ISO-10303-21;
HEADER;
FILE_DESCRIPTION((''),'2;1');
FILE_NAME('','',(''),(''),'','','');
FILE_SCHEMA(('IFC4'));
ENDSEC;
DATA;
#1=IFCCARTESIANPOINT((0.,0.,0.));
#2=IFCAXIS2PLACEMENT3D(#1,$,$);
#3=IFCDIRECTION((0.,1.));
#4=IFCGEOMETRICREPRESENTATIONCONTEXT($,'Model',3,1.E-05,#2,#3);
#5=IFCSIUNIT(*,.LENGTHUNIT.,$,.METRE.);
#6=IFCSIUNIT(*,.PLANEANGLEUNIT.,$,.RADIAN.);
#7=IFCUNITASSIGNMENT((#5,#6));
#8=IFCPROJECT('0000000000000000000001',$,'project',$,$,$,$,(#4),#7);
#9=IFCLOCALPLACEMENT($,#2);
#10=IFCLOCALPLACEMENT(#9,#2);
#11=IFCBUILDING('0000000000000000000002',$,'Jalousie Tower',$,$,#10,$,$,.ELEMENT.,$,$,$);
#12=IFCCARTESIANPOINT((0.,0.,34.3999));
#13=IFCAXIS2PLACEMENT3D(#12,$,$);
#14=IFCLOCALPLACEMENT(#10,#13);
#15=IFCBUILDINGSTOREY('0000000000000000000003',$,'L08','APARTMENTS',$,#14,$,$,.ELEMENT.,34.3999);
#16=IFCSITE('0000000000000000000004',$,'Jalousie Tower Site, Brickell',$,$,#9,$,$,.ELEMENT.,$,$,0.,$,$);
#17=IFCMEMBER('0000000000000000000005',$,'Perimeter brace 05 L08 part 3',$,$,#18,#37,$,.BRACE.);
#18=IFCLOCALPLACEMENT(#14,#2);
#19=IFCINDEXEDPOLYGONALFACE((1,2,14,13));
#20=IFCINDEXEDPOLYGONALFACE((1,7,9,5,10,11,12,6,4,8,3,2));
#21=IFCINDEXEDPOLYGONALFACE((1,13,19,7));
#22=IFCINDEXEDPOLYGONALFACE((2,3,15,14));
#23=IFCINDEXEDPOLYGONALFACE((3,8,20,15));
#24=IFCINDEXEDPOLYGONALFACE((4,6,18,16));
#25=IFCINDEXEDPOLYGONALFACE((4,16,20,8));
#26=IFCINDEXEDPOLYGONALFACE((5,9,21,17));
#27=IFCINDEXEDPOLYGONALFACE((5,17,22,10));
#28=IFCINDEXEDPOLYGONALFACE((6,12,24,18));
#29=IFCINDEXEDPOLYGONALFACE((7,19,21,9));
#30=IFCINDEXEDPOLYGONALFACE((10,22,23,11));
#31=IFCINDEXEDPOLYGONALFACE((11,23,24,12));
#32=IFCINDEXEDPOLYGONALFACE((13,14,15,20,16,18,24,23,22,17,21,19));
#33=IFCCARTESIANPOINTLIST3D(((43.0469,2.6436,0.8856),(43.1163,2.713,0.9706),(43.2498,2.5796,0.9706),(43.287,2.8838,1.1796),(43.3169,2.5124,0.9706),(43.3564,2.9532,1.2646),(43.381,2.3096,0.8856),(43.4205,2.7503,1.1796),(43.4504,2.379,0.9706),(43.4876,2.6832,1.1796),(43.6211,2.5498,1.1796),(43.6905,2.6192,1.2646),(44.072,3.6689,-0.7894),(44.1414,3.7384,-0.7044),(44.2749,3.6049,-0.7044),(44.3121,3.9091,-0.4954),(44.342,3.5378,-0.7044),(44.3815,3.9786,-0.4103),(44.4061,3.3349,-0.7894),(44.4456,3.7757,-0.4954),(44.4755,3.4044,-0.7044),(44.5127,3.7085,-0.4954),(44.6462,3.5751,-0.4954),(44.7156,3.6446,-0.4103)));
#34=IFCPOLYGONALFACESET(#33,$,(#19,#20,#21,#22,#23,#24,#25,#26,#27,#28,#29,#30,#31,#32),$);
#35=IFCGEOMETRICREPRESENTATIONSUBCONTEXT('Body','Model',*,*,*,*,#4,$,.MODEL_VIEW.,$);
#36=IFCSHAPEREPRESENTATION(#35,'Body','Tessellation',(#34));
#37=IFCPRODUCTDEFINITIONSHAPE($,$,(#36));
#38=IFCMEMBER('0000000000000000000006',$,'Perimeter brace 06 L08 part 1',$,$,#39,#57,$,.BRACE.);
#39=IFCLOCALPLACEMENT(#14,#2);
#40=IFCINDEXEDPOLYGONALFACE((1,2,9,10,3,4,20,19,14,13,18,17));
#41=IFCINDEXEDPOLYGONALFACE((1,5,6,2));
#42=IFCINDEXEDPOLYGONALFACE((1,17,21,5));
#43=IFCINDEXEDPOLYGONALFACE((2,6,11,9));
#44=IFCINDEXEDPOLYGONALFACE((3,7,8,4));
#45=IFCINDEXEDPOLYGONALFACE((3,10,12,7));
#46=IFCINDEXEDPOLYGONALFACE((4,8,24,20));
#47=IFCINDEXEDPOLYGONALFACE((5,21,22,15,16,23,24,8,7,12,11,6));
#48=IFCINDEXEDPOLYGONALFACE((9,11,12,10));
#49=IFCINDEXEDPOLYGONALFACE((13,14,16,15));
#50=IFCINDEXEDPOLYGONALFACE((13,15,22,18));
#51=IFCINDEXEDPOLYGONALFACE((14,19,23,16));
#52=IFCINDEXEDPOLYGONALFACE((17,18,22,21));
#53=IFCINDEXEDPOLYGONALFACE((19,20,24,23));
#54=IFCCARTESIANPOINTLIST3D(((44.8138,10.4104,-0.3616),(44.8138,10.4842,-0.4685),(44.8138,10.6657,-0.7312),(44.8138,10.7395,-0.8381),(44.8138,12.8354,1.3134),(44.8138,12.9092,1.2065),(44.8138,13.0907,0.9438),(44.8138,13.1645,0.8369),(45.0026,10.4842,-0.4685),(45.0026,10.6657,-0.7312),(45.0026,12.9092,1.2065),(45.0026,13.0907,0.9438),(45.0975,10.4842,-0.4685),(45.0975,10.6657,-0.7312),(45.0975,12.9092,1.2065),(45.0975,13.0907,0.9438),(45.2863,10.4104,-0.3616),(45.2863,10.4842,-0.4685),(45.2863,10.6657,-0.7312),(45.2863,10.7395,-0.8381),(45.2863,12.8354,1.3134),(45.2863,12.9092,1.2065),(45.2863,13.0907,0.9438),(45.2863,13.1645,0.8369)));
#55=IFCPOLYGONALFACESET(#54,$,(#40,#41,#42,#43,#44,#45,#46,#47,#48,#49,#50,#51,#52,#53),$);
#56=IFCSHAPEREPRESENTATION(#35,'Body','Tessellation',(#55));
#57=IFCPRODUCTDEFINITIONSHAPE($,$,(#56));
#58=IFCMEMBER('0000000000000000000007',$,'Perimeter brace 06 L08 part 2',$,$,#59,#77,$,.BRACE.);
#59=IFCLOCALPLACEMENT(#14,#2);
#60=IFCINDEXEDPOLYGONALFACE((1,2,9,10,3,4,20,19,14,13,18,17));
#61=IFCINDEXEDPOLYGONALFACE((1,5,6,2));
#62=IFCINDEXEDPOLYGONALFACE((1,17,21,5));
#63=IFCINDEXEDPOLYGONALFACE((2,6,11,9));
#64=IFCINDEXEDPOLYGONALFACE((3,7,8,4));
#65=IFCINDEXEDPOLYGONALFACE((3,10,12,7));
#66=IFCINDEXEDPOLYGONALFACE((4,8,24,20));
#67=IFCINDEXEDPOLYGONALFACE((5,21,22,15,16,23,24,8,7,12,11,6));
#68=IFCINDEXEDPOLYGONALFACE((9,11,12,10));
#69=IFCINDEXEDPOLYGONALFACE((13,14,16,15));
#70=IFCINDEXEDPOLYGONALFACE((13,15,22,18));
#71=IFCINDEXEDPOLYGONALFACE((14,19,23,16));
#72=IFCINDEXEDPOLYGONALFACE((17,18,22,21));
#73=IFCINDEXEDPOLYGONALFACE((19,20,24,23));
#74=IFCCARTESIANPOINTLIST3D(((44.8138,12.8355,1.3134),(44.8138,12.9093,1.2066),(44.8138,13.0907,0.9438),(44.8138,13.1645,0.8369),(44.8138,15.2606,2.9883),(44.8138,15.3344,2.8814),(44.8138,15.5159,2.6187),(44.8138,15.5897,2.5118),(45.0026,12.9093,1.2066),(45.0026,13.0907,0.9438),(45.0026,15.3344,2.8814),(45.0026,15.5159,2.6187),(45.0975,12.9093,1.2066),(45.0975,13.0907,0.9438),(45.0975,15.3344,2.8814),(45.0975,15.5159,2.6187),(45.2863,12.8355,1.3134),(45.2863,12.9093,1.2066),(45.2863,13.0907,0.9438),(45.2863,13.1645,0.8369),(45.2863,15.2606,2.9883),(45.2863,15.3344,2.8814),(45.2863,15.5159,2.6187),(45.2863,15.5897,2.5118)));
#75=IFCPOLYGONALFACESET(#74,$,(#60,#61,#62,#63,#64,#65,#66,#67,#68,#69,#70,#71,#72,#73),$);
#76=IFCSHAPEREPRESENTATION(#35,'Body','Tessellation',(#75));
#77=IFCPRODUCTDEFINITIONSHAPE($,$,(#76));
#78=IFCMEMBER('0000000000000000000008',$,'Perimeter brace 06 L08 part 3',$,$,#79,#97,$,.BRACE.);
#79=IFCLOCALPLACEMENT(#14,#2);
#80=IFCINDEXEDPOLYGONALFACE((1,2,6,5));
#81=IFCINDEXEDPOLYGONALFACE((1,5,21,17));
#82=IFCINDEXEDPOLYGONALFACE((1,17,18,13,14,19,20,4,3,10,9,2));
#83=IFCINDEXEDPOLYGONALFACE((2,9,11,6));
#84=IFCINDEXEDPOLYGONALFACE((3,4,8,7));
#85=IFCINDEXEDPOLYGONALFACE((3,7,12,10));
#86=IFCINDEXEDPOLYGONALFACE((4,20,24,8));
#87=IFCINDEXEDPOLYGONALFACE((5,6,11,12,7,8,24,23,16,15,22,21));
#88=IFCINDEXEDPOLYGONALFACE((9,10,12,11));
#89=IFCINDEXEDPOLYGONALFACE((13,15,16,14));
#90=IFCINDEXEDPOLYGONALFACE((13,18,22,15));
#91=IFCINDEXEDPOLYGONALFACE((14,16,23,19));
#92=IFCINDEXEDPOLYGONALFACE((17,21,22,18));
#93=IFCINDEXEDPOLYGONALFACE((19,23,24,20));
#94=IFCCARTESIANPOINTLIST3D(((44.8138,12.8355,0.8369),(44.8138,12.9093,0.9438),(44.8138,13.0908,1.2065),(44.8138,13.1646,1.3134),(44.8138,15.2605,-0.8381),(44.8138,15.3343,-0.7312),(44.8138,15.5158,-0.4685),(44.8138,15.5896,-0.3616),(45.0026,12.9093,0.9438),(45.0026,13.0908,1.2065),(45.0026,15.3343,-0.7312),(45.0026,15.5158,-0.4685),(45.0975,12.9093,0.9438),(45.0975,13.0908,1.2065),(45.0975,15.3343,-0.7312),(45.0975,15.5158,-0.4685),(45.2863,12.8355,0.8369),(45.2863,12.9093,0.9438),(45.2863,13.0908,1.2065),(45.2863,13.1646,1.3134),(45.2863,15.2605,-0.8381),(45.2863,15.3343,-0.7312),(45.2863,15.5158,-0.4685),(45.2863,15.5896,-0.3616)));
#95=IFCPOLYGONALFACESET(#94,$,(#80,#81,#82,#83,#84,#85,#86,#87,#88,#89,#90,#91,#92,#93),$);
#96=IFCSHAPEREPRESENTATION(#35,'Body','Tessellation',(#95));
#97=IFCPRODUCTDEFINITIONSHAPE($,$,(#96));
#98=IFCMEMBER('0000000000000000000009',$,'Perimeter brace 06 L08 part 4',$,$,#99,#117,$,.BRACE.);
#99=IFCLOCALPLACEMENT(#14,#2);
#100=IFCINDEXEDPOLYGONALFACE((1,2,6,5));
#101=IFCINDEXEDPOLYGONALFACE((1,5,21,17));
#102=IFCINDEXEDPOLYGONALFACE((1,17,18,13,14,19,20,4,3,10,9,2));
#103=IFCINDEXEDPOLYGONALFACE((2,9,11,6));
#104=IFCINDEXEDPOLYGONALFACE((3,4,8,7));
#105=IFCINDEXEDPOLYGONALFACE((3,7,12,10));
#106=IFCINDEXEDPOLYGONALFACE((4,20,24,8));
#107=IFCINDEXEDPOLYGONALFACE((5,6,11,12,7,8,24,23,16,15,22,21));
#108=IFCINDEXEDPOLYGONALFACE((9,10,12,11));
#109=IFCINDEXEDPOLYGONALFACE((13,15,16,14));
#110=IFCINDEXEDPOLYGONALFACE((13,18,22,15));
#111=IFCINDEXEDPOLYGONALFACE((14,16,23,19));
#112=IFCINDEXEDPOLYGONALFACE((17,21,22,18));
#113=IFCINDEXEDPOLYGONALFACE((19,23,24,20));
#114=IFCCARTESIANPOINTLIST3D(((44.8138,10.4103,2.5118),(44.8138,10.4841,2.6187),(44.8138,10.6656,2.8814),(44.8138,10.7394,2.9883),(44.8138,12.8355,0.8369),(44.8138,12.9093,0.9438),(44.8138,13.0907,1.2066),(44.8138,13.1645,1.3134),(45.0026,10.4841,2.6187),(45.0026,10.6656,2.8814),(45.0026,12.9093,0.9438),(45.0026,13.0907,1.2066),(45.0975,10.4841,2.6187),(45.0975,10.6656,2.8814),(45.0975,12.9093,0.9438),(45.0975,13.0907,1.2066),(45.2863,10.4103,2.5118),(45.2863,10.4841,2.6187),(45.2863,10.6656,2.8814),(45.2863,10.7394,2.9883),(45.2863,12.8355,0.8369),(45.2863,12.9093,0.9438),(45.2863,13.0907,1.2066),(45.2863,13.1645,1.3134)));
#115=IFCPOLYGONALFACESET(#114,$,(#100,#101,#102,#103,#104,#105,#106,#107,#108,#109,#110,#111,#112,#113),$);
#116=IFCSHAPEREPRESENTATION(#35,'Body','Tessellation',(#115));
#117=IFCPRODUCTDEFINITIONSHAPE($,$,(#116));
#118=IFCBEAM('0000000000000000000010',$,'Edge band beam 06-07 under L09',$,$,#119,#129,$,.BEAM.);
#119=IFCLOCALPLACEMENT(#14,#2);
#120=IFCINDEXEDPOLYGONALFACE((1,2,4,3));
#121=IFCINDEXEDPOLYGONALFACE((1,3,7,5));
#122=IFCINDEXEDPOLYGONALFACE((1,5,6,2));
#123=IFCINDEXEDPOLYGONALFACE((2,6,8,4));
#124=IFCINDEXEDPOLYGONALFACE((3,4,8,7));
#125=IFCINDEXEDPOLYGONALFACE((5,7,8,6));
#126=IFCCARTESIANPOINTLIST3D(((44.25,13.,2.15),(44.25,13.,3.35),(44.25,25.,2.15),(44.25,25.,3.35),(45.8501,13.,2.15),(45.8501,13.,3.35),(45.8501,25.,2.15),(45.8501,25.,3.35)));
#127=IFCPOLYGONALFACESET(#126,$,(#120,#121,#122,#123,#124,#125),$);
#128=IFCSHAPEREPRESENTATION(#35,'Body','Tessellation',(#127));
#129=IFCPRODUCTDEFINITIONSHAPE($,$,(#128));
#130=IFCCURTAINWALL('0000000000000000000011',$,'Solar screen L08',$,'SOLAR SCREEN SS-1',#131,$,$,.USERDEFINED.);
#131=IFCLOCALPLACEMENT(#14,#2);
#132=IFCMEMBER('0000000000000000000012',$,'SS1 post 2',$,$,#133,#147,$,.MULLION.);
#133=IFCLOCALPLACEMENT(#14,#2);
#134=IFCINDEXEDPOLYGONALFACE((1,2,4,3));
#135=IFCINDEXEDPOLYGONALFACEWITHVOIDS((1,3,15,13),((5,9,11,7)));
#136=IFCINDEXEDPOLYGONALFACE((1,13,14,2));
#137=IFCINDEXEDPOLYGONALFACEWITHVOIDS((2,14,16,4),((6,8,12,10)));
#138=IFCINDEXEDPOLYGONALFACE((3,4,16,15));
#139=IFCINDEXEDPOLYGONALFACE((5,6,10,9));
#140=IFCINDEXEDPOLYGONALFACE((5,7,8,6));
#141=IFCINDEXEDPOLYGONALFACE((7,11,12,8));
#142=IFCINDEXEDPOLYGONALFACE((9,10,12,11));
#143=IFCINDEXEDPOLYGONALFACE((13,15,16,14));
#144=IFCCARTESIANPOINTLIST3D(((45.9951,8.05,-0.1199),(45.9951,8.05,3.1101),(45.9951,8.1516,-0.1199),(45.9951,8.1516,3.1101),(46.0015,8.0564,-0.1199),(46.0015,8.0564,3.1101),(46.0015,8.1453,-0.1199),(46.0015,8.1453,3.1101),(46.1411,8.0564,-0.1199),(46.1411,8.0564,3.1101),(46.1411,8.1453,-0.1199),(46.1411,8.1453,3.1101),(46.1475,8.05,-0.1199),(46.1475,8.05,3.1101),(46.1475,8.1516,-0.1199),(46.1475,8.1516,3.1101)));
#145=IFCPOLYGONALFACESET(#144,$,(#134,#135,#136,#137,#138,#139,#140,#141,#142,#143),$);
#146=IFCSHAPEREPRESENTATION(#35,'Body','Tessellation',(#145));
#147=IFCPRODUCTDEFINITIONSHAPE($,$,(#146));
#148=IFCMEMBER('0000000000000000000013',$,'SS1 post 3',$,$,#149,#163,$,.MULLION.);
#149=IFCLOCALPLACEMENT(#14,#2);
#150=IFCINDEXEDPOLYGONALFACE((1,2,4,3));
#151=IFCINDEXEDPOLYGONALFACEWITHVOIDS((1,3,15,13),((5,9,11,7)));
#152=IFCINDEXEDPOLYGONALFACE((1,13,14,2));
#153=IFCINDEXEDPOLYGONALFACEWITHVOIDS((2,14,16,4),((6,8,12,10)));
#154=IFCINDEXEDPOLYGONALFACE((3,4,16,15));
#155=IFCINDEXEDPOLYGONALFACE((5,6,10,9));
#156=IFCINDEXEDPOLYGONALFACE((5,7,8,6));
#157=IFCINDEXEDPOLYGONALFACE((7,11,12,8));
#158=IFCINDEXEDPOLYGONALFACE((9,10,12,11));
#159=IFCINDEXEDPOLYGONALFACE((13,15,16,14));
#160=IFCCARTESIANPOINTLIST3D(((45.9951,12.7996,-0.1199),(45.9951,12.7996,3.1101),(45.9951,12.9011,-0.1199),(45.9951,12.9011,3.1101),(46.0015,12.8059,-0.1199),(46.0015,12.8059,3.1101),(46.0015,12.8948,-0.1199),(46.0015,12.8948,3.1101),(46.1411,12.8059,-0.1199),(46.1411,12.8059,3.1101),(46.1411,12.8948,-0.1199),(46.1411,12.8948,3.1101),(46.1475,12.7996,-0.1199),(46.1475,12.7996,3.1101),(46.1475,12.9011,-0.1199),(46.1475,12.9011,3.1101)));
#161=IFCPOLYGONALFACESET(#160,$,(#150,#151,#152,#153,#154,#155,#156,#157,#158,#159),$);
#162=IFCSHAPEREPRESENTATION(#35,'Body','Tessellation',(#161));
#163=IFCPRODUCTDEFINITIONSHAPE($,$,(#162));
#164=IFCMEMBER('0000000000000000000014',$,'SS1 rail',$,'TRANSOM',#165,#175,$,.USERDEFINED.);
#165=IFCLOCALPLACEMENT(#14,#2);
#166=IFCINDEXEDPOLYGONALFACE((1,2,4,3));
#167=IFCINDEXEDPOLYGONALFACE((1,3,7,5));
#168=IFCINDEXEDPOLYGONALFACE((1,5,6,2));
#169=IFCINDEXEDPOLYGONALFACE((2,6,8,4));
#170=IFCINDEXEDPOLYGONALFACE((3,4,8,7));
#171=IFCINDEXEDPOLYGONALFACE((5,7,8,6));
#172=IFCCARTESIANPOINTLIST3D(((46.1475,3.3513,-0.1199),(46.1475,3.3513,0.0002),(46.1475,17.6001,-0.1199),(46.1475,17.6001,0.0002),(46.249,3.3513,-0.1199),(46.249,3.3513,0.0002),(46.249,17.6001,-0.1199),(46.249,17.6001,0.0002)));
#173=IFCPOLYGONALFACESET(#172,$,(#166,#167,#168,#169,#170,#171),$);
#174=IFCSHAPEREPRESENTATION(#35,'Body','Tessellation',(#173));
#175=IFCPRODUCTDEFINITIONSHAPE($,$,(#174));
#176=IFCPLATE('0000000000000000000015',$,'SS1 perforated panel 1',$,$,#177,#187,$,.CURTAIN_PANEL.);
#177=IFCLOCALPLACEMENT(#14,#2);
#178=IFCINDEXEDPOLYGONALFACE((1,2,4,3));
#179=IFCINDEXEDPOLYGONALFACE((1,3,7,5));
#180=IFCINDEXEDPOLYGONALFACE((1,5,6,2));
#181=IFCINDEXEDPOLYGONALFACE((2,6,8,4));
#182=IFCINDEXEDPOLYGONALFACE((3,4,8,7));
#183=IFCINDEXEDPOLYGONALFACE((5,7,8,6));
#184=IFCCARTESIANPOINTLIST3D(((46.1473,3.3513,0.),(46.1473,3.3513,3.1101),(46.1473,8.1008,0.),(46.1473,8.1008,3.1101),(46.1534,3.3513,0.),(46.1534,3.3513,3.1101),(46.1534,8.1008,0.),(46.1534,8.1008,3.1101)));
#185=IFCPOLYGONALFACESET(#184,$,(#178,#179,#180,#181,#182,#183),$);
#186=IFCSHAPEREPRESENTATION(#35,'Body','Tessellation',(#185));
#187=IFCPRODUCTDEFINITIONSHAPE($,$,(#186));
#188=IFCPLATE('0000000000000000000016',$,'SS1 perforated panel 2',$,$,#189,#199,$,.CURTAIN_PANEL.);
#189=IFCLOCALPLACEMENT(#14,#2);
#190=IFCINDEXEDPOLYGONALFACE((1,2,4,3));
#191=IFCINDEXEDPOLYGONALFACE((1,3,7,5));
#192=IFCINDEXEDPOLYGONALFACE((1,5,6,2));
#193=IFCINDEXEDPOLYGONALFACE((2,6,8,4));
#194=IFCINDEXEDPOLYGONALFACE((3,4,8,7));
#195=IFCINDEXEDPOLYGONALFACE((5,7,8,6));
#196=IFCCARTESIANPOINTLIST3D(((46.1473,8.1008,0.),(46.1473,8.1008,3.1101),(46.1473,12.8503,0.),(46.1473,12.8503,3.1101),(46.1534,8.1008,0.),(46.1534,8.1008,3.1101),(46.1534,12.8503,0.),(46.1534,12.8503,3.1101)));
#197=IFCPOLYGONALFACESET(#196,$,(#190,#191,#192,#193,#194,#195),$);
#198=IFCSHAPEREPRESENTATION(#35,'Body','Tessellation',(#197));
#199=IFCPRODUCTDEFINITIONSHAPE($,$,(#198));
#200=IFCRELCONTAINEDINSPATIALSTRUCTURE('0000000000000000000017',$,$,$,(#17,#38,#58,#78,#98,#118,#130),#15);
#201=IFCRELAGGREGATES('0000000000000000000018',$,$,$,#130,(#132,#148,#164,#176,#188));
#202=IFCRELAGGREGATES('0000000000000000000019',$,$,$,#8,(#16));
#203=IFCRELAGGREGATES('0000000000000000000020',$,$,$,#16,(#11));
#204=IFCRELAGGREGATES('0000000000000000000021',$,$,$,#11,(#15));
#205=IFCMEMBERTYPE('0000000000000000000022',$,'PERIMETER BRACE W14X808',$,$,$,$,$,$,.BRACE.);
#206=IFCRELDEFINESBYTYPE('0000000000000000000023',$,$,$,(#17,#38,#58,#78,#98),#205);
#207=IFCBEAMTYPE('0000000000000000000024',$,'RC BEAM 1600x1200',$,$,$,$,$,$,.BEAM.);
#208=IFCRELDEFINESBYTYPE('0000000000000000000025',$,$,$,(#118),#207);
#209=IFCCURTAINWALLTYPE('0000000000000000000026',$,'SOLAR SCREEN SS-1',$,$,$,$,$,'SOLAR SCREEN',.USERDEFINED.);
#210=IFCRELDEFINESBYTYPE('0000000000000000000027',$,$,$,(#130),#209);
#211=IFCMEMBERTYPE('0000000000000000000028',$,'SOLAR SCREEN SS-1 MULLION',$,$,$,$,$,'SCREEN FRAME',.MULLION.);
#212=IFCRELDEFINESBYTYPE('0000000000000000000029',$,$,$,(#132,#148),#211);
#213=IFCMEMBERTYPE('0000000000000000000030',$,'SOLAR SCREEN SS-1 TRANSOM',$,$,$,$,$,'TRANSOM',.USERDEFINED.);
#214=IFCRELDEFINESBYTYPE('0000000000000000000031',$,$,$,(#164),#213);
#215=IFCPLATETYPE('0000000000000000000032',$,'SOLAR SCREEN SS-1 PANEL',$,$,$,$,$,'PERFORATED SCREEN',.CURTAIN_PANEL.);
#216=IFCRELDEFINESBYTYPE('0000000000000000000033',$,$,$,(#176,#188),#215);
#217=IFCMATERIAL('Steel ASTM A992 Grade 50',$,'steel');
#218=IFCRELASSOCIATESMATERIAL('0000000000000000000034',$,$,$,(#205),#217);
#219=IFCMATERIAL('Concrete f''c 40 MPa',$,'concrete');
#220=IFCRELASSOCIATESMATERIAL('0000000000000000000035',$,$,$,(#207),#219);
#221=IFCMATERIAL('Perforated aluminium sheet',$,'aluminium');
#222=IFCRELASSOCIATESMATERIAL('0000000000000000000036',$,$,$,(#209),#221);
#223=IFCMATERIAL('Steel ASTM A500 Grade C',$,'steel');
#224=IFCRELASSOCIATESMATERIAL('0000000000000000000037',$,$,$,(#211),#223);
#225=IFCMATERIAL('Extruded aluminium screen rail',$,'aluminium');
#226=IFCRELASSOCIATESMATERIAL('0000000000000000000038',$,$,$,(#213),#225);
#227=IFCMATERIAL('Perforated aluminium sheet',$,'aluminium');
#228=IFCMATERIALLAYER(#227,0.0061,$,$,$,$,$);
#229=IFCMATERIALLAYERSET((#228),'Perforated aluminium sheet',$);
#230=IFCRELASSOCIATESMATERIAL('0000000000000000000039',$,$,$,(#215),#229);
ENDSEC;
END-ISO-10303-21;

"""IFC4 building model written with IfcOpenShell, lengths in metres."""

from ifc_helpers import new_model, si_unit, direction, frame, origin, origin_2d, place, context, subcontext, project, spatial, rectangle, hollow_rectangle, i_section, extrude, material, layer, layer_set, material_profile, profile_set, type_object, element, aggregate, save


model = new_model("IFC4")

# Units and contexts
model_context = context("Model", 3, precision=1e-05, world=origin(), true_north=direction((0.0, 1.0)))
body_context = subcontext(model_context, "Body", "Model", "MODEL_VIEW")
ifc_project = project(units=[si_unit("LENGTHUNIT", "METRE"), si_unit("PLANEANGLEUNIT", "RADIAN")], contexts=[model_context])

# Site, building, storey
site_placement = place(None, origin())
site = spatial("IfcSite", under=ifc_project, at=site_placement, Name="Jalousie Tower Site, Brickell", CompositionType="ELEMENT", RefElevation=0.0)
building_placement = place(site_placement, origin())
building = spatial("IfcBuilding", under=site, at=building_placement, Name="Jalousie Tower", CompositionType="ELEMENT")
storey_placement = place(building_placement, frame((0.0, 0.0, 34.3999)))
storey = spatial("IfcBuildingStorey", under=building, at=storey_placement, Name="L08", Description="APARTMENTS", CompositionType="ELEMENT", Elevation=34.3999)

# Members
ifc_material_1 = material(Name="Steel ASTM A992 Grade 50", Category="steel")
ifc_material_profile_1 = material_profile(ifc_material_1, i_section(OverallWidth=0.4724, OverallDepth=0.5791, WebThickness=0.095, FlangeThickness=0.1299, at=origin_2d()), Name="W14X808")
ifc_profile_set_1 = profile_set([ifc_material_profile_1], Name="Steel ASTM A992 Grade 50")
member_type_1 = type_object("IfcMemberType", Name="PERIMETER BRACE W14X808", PredefinedType="BRACE", material=ifc_profile_set_1)
member_1_placement = place(storey_placement, frame((44.3938, 3.6567, -0.5999), z_axis=(-0.46273, -0.46284, 0.756082), x_axis=(0.707191, -0.707023, 0.0)))
element("IfcMember", 1, at=member_1_placement, inside=storey, type_object=member_type_1, Name="Perimeter brace 05 L08 part 3", PredefinedType="BRACE", context=body_context, shape_type="SweptSolid", body=[
    extrude(i_section(OverallWidth=0.4724, OverallDepth=0.5791, WebThickness=0.095, FlangeThickness=0.1299, at=origin_2d()), origin(), (0.0, 0.0, 1.0), 2.2153),
])
for number, where, z_axis, x_axis, name in (
    (2, (45.05, 10.575, -0.5999), (0.0, 0.8228, 0.568331), (-1.0, 0.0, 0.0), "Perimeter brace 06 L08 part 1"),
    (3, (45.05, 13.0, 1.0752), (0.0, 0.822839, 0.568275), (-1.0, 0.0, 0.0), "Perimeter brace 06 L08 part 2"),
    (4, (45.05, 15.425, -0.5999), (0.0, -0.8228, 0.568331), (1.0, 0.0, 0.0), "Perimeter brace 06 L08 part 3"),
    (5, (45.05, 13.0, 1.0752), (0.0, -0.822839, 0.568275), (1.0, 0.0, 0.0), "Perimeter brace 06 L08 part 4"),
):
    element("IfcMember", number, at=place(storey_placement, frame(where, z_axis=z_axis, x_axis=x_axis)), inside=storey, type_object=member_type_1, Name=name, PredefinedType="BRACE", context=body_context, shape_type="SweptSolid", body=[
        extrude(i_section(OverallWidth=0.4724, OverallDepth=0.5791, WebThickness=0.095, FlangeThickness=0.1299, at=origin_2d()), origin(), (0.0, 0.0, 1.0), 2.9473),
    ])

# Beam
ifc_material_2 = material(Name="Concrete f'c 40 MPa", Category="concrete")
ifc_material_profile_2 = material_profile(ifc_material_2, rectangle(XDim=1.6001, YDim=1.2, at=origin_2d()), Name="RC 1600x1200")
ifc_profile_set_2 = profile_set([ifc_material_profile_2], Name="Concrete f'c 40 MPa")
beam_type = type_object("IfcBeamType", Name="RC BEAM 1600x1200", PredefinedType="BEAM", material=ifc_profile_set_2)
beam_placement = place(storey_placement, frame((45.05, 13.0, 2.75), z_axis=(0.0, 1.0, 0.0), x_axis=(-1.0, 0.0, 0.0)))
element("IfcBeam", 6, at=beam_placement, inside=storey, type_object=beam_type, Name="Edge band beam 06-07 under L09", PredefinedType="BEAM", context=body_context, shape_type="SweptSolid", body=[
    extrude(rectangle(XDim=1.6001, YDim=1.2, at=origin_2d()), origin(), (0.0, 0.0, 1.0), 12.0),
])

# Curtain wall, members, plates
ifc_material_3 = material(Name="Perforated aluminium sheet", Category="aluminium")
curtain_wall_type = type_object("IfcCurtainWallType", Name="SOLAR SCREEN SS-1", ElementType="SOLAR SCREEN", PredefinedType="USERDEFINED", material=ifc_material_3)
curtain_wall_placement = place(storey_placement, origin())
curtain_wall = element("IfcCurtainWall", 7, at=curtain_wall_placement, inside=storey, type_object=curtain_wall_type, Name="Solar screen L08", ObjectType="SOLAR SCREEN SS-1", PredefinedType="USERDEFINED")
ifc_material_4 = material(Name="Steel ASTM A500 Grade C", Category="steel")
ifc_material_profile_3 = material_profile(ifc_material_4, hollow_rectangle(XDim=0.1016, YDim=0.1523, WallThickness=0.0063, at=origin_2d()), Name="HSS6X4X1/4")
ifc_profile_set_3 = profile_set([ifc_material_profile_3], Name="Steel ASTM A500 Grade C")
member_type_2 = type_object("IfcMemberType", Name="SOLAR SCREEN SS-1 MULLION", ElementType="SCREEN FRAME", PredefinedType="MULLION", material=ifc_profile_set_3)
member_2_placement = place(storey_placement, frame((46.0713, 8.1008, -0.1199), z_axis=(0.0, 0.0, 1.0), x_axis=(0.0, 1.0, 0.0)))
member_2 = element("IfcMember", 8, at=member_2_placement, type_object=member_type_2, Name="SS1 post 2", PredefinedType="MULLION", context=body_context, shape_type="SweptSolid", body=[
    extrude(hollow_rectangle(XDim=0.1016, YDim=0.1523, WallThickness=0.0063, at=origin_2d()), origin(), (0.0, 0.0, 1.0), 3.23),
])
member_3_placement = place(storey_placement, frame((46.0713, 12.8503, -0.1199), z_axis=(0.0, 0.0, 1.0), x_axis=(0.0, 1.0, 0.0)))
member_3 = element("IfcMember", 9, at=member_3_placement, type_object=member_type_2, Name="SS1 post 3", PredefinedType="MULLION", context=body_context, shape_type="SweptSolid", body=[
    extrude(hollow_rectangle(XDim=0.1016, YDim=0.1523, WallThickness=0.0063, at=origin_2d()), origin(), (0.0, 0.0, 1.0), 3.23),
])
ifc_material_5 = material(Name="Extruded aluminium screen rail", Category="aluminium")
ifc_material_profile_4 = material_profile(ifc_material_5, rectangle(XDim=0.1016, YDim=0.1201, at=origin_2d()), Name="RAIL 102x120")
ifc_profile_set_4 = profile_set([ifc_material_profile_4], Name="Extruded aluminium screen rail")
member_type_3 = type_object("IfcMemberType", Name="SOLAR SCREEN SS-1 TRANSOM", ElementType="TRANSOM", PredefinedType="USERDEFINED", material=ifc_profile_set_4)
member_4_placement = place(storey_placement, frame((46.1982, 3.3513, -0.0598), z_axis=(0.0, 1.0, 0.0), x_axis=(-1.0, 0.0, 0.0)))
member_4 = element("IfcMember", 10, at=member_4_placement, type_object=member_type_3, Name="SS1 rail", ObjectType="TRANSOM", PredefinedType="USERDEFINED", context=body_context, shape_type="SweptSolid", body=[
    extrude(rectangle(XDim=0.1016, YDim=0.1201, at=origin_2d()), origin(), (0.0, 0.0, 1.0), 14.2488),
])
ifc_material_6 = material(Name="Perforated aluminium sheet", Category="aluminium")
ifc_layer_1 = layer(ifc_material_6, 0.0061)
ifc_layer_set_1 = layer_set([ifc_layer_1], Name="Perforated aluminium sheet")
plate_type = type_object("IfcPlateType", Name="SOLAR SCREEN SS-1 PANEL", ElementType="PERFORATED SCREEN", PredefinedType="CURTAIN_PANEL", material=ifc_layer_set_1)
plate_1_placement = place(storey_placement, frame((46.1504, 5.7261, 0.0), z_axis=(0.0, 0.0, 1.0), x_axis=(0.0, 1.0, 0.0)))
plate_1 = element("IfcPlate", 11, at=plate_1_placement, type_object=plate_type, Name="SS1 perforated panel 1", PredefinedType="CURTAIN_PANEL", context=body_context, shape_type="SweptSolid", body=[
    extrude(rectangle(XDim=4.7495, YDim=0.0061, at=origin_2d()), origin(), (0.0, 0.0, 1.0), 3.1101),
])
plate_2_placement = place(storey_placement, frame((46.1504, 10.4756, 0.0), z_axis=(0.0, 0.0, 1.0), x_axis=(0.0, 1.0, 0.0)))
plate_2 = element("IfcPlate", 12, at=plate_2_placement, type_object=plate_type, Name="SS1 perforated panel 2", PredefinedType="CURTAIN_PANEL", context=body_context, shape_type="SweptSolid", body=[
    extrude(rectangle(XDim=4.7495, YDim=0.0061, at=origin_2d()), origin(), (0.0, 0.0, 1.0), 3.1101),
])
aggregate(curtain_wall, [member_2, member_3, member_4, plate_1, plate_2])

save(model, "model.ifc")
